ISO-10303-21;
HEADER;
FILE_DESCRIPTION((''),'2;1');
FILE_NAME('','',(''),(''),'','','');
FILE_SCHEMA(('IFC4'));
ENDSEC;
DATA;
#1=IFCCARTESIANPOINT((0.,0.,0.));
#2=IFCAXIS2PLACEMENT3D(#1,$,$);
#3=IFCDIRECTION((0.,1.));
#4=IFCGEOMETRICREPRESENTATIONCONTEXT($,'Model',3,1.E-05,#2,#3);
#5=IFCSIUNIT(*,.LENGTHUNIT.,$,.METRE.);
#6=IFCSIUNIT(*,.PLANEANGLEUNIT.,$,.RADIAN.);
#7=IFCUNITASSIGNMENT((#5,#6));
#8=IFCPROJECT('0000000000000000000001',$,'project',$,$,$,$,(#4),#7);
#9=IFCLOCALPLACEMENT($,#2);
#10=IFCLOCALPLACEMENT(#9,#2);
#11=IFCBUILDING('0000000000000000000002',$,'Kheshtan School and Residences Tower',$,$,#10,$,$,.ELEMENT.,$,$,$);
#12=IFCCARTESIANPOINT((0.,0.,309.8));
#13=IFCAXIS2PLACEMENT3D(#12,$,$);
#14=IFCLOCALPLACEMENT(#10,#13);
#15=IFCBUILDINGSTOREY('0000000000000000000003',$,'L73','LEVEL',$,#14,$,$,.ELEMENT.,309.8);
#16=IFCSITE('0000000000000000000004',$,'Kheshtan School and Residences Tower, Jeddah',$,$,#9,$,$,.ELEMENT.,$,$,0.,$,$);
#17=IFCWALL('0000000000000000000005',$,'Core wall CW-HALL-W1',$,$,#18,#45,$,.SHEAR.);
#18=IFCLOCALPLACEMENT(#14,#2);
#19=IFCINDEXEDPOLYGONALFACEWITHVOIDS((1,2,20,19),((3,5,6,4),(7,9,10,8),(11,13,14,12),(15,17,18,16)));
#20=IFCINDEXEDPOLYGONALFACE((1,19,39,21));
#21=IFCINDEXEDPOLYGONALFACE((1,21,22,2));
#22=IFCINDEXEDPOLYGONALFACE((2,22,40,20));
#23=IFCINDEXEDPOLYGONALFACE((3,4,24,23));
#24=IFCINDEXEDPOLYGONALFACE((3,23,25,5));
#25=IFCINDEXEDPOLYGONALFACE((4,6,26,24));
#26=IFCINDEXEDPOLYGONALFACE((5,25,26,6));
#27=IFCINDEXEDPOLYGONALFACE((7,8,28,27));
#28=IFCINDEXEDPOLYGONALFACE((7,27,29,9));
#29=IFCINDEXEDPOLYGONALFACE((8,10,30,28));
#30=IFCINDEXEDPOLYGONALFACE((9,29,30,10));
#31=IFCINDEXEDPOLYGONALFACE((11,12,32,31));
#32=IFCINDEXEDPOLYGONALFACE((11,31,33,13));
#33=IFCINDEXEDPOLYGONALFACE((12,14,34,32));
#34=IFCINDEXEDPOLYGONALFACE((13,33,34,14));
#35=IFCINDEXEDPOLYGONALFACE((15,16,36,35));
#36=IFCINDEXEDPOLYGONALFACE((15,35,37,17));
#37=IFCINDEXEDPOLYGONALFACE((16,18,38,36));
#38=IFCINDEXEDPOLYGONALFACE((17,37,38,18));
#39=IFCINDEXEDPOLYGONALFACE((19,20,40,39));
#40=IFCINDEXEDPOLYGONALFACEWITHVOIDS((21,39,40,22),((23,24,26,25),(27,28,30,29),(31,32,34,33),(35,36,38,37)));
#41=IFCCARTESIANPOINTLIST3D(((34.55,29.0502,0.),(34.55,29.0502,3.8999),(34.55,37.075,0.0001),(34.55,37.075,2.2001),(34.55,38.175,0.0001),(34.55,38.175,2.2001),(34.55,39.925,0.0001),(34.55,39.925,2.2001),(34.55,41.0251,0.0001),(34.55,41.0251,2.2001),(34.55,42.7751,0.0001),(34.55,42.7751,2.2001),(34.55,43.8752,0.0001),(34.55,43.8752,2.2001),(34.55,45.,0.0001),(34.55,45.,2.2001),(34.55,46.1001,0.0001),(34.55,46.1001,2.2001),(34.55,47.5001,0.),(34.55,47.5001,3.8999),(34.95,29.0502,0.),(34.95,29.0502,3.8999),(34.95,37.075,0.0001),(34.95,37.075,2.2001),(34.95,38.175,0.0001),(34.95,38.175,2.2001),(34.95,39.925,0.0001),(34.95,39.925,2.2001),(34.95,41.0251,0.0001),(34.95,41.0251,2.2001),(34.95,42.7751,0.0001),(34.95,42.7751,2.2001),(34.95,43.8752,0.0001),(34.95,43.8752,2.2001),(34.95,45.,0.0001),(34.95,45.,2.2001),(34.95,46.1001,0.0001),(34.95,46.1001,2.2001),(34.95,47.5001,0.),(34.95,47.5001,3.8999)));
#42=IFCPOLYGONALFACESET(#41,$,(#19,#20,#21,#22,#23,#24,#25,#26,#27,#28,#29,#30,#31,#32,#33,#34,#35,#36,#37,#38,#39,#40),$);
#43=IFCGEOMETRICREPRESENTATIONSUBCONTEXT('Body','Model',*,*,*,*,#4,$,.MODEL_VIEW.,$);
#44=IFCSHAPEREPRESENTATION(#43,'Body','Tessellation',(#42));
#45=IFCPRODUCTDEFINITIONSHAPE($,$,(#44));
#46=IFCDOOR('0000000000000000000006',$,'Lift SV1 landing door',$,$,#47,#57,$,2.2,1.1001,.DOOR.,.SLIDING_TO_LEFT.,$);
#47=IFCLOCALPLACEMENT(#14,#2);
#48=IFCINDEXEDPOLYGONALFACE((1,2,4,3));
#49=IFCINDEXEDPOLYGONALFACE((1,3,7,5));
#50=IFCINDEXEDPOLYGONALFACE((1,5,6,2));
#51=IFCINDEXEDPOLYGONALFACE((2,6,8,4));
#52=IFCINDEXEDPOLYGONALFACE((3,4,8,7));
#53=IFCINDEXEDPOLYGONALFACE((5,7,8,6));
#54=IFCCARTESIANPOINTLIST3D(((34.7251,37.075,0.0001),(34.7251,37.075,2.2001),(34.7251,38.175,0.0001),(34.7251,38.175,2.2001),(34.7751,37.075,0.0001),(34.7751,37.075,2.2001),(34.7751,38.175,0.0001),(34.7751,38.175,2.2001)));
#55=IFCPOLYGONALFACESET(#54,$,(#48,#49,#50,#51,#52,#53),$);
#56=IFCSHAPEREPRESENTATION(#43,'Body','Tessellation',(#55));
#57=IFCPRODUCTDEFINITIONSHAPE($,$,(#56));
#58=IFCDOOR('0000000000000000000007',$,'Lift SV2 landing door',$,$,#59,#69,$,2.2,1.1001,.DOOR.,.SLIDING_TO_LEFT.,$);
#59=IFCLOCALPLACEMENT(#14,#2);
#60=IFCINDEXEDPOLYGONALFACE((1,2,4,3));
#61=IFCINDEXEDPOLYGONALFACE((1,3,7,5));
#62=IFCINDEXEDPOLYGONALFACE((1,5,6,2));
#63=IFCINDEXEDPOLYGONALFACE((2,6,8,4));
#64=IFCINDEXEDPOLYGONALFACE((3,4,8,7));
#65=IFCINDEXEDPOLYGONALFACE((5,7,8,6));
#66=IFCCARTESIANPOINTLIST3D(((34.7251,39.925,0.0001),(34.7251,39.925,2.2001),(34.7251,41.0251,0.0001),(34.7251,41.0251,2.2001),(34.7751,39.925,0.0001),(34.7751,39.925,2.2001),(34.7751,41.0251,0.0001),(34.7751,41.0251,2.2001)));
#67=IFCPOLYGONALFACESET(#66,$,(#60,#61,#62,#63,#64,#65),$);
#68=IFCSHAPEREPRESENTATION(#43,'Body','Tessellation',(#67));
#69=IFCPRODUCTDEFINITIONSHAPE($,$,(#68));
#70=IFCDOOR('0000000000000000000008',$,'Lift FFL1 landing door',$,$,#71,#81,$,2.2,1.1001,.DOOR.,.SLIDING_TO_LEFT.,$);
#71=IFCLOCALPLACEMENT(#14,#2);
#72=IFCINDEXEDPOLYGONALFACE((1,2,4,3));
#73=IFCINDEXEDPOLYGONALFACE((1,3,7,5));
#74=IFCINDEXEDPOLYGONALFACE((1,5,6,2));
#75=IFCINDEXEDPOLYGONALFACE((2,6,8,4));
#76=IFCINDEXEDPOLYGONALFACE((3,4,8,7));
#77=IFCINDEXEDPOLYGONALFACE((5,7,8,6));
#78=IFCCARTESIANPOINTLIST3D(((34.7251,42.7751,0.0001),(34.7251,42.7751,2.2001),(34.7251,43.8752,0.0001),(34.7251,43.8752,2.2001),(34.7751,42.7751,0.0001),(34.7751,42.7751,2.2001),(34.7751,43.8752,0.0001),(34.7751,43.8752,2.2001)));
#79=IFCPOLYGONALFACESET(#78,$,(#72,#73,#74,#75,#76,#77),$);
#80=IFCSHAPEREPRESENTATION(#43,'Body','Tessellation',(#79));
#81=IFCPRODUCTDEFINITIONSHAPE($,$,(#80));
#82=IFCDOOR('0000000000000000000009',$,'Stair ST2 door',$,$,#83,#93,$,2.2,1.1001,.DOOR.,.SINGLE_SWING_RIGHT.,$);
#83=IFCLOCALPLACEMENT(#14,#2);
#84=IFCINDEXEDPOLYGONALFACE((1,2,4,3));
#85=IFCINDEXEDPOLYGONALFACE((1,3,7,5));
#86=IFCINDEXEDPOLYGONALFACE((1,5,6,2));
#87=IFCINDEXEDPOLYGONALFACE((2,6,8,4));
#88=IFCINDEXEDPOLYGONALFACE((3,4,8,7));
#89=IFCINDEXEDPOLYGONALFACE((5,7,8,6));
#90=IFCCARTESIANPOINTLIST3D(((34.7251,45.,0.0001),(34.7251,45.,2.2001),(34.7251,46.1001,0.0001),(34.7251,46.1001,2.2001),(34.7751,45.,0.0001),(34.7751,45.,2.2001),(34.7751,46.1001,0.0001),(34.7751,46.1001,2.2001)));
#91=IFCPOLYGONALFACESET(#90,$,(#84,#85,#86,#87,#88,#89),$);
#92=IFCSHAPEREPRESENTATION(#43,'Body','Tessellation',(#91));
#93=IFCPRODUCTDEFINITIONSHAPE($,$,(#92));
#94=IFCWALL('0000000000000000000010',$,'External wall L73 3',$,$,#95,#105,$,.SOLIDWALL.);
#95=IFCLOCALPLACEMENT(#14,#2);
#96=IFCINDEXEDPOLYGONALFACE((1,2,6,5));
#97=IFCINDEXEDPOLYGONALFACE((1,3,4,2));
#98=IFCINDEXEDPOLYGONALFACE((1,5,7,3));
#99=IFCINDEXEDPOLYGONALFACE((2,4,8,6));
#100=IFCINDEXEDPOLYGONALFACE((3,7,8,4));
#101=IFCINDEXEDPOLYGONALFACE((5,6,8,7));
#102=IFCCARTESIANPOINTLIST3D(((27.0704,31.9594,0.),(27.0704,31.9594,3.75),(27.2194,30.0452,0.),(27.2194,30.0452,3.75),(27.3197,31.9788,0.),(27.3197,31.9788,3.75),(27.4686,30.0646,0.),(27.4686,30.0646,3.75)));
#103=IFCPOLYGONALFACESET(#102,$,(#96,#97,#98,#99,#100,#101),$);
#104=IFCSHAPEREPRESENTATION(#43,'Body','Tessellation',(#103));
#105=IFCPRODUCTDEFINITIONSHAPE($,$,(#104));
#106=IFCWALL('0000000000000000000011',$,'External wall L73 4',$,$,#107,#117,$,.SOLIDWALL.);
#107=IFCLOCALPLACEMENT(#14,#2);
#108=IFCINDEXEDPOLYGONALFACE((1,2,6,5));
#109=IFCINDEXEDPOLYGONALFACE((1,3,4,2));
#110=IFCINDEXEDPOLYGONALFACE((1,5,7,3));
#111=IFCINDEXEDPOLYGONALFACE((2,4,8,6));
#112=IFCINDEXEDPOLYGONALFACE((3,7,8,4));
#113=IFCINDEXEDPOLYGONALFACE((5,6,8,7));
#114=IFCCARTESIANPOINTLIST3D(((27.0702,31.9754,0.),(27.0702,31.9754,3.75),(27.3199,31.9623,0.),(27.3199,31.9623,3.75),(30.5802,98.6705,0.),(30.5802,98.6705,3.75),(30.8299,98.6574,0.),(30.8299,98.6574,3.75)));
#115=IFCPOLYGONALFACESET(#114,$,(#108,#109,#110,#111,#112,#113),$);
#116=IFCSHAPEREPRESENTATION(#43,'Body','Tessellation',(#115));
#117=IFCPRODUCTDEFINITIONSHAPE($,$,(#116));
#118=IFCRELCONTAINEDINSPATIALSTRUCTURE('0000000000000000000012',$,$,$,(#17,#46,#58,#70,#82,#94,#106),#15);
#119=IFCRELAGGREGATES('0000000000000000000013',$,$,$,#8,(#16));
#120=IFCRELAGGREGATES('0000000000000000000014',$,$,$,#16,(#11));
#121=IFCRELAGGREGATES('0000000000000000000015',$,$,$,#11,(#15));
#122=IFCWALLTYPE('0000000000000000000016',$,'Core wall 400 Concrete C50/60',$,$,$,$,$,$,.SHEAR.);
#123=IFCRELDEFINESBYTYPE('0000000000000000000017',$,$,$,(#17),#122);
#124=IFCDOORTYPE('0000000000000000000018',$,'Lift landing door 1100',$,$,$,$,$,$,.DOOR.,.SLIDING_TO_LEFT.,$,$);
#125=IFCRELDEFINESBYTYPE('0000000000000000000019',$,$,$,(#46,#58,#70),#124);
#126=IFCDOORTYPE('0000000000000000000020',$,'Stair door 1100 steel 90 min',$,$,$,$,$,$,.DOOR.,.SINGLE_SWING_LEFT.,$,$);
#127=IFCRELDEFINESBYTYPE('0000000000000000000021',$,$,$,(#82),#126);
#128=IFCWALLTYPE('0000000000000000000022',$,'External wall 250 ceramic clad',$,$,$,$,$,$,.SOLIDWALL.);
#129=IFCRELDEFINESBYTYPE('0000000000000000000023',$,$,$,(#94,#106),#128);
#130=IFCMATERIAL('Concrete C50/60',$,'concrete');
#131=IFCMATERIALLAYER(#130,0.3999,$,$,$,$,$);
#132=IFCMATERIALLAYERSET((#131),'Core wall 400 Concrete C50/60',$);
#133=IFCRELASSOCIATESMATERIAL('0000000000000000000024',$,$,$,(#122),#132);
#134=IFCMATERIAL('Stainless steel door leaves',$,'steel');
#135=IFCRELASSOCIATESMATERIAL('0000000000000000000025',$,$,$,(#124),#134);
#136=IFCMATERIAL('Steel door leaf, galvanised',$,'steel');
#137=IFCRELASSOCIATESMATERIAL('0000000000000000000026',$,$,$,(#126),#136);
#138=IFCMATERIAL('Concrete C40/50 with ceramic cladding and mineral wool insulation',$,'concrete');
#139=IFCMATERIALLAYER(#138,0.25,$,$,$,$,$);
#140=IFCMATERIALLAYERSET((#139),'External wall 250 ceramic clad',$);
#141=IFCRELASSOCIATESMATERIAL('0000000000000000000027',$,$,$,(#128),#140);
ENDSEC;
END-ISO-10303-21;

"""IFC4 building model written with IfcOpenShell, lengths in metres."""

from ifc_helpers import new_model, si_unit, direction, frame, frame_2d, origin, place, context, subcontext, project, spatial, rectangle, extrude, source, transform, mapped, material, layer, layer_set, type_object, element, fill, save


model = new_model("IFC4")

# Units and contexts
model_context = context("Model", 3, precision=1e-05, world=origin(), true_north=direction((0.0, 1.0)))
body_context = subcontext(model_context, "Body", "Model", "MODEL_VIEW")
ifc_project = project(units=[si_unit("LENGTHUNIT", "METRE"), si_unit("PLANEANGLEUNIT", "RADIAN")], contexts=[model_context])

# Site, building, storey
site_placement = place(None, origin())
site = spatial("IfcSite", under=ifc_project, at=site_placement, Name="Kheshtan School and Residences Tower, Jeddah", CompositionType="ELEMENT", RefElevation=0.0)
building_placement = place(site_placement, origin())
building = spatial("IfcBuilding", under=site, at=building_placement, Name="Kheshtan School and Residences Tower", CompositionType="ELEMENT")
storey_placement = place(building_placement, frame((0.0, 0.0, 309.8)))
storey = spatial("IfcBuildingStorey", under=building, at=storey_placement, Name="L73", Description="LEVEL", CompositionType="ELEMENT", Elevation=309.8)

# Wall, openings, doors
ifc_material_1 = material(Name="Concrete C50/60", Category="concrete")
ifc_layer_1 = layer(ifc_material_1, 0.3999)
ifc_layer_set_1 = layer_set([ifc_layer_1], Name="Core wall 400 Concrete C50/60")
wall_type_1 = type_object("IfcWallType", Name="Core wall 400 Concrete C50/60", PredefinedType="SHEAR", material=ifc_layer_set_1)
ifc_material_2 = material(Name="Stainless steel door leaves", Category="steel")
door_type_1 = type_object("IfcDoorType", Name="Lift landing door 1100", OperationType="SLIDING_TO_LEFT", PredefinedType="DOOR", material=ifc_material_2)
shared_shape_1 = source(origin(), body_context, "Body", "SweptSolid", [
    extrude(rectangle(XDim=1.1001, YDim=2.2, at=frame_2d((0.55, 1.1001))), frame((0.0, 0.0249, 0.0), z_axis=(0.0, -1.0, 0.0), x_axis=(1.0, 0.0, 0.0)), (0.0, 0.0, 1.0), 0.05),
])
ifc_material_3 = material(Name="Steel door leaf, galvanised", Category="steel")
wall_1_placement = place(storey_placement, frame((34.75, 29.05, 0.0), z_axis=(0.0, 0.0, 1.0), x_axis=(0.0, 1.0, 0.0)))
wall_1 = element("IfcWall", 1, at=wall_1_placement, inside=storey, type_object=wall_type_1, Name="Core wall CW-HALL-W1", PredefinedType="SHEAR", context=body_context, shape_type="SweptSolid", body=[
    extrude(rectangle(XDim=18.45, YDim=0.3999, at=frame_2d((9.2251, 0.0))), origin(), (0.0, 0.0, 1.0), 3.8999),
])
opening_1_placement = place(wall_1_placement, frame((8.0249, 0.0, 0.0)))
opening_1 = element("IfcOpeningElement", 2, at=opening_1_placement, cuts=wall_1, PredefinedType="OPENING", context=body_context, shape_type="SweptSolid", body=[
    extrude(rectangle(XDim=1.1001, YDim=2.2, at=frame_2d((0.55, 1.1001))), frame((0.0, 0.21, 0.0), z_axis=(0.0, -1.0, 0.0), x_axis=(1.0, 0.0, 0.0)), (0.0, 0.0, 1.0), 0.4199),
])
opening_2_placement = place(wall_1_placement, frame((10.875, 0.0, 0.0)))
opening_2 = element("IfcOpeningElement", 3, at=opening_2_placement, cuts=wall_1, PredefinedType="OPENING", context=body_context, shape_type="SweptSolid", body=[
    extrude(rectangle(XDim=1.1001, YDim=2.2, at=frame_2d((0.55, 1.1001))), frame((0.0, 0.21, 0.0), z_axis=(0.0, -1.0, 0.0), x_axis=(1.0, 0.0, 0.0)), (0.0, 0.0, 1.0), 0.4199),
])
opening_3_placement = place(wall_1_placement, frame((13.7251, 0.0, 0.0)))
opening_3 = element("IfcOpeningElement", 4, at=opening_3_placement, cuts=wall_1, PredefinedType="OPENING", context=body_context, shape_type="SweptSolid", body=[
    extrude(rectangle(XDim=1.1001, YDim=2.2, at=frame_2d((0.55, 1.1001))), frame((0.0, 0.21, 0.0), z_axis=(0.0, -1.0, 0.0), x_axis=(1.0, 0.0, 0.0)), (0.0, 0.0, 1.0), 0.4199),
])
opening_4_placement = place(wall_1_placement, frame((15.95, 0.0, 0.0)))
opening_4 = element("IfcOpeningElement", 5, at=opening_4_placement, cuts=wall_1, PredefinedType="OPENING", context=body_context, shape_type="SweptSolid", body=[
    extrude(rectangle(XDim=1.1001, YDim=2.2, at=frame_2d((0.55, 1.1001))), frame((0.0, 0.21, 0.0), z_axis=(0.0, -1.0, 0.0), x_axis=(1.0, 0.0, 0.0)), (0.0, 0.0, 1.0), 0.4199),
])
door_1_placement = place(opening_1_placement, origin())
door_1 = element("IfcDoor", 6, at=door_1_placement, inside=storey, type_object=door_type_1, Name="Lift SV1 landing door", OperationType="SLIDING_TO_LEFT", OverallHeight=2.2, OverallWidth=1.1001, PredefinedType="DOOR", context=body_context, shape_type="MappedRepresentation", body=[
    mapped(shared_shape_1, transform((0.0, 0.0, 0.0), x_axis=(1.0, 0.0, 0.0), y_axis=(0.0, 1.0, 0.0), z_axis=(0.0, 0.0, 1.0), scale=1.0)),
])
fill(opening_1, door_1)
door_2_placement = place(opening_2_placement, origin())
door_2 = element("IfcDoor", 7, at=door_2_placement, inside=storey, type_object=door_type_1, Name="Lift SV2 landing door", OperationType="SLIDING_TO_LEFT", OverallHeight=2.2, OverallWidth=1.1001, PredefinedType="DOOR", context=body_context, shape_type="MappedRepresentation", body=[
    mapped(shared_shape_1, transform((0.0, 0.0, 0.0), x_axis=(1.0, 0.0, 0.0), y_axis=(0.0, 1.0, 0.0), z_axis=(0.0, 0.0, 1.0), scale=1.0)),
])
fill(opening_2, door_2)
door_3_placement = place(opening_3_placement, origin())
door_3 = element("IfcDoor", 8, at=door_3_placement, inside=storey, type_object=door_type_1, Name="Lift FFL1 landing door", OperationType="SLIDING_TO_LEFT", OverallHeight=2.2, OverallWidth=1.1001, PredefinedType="DOOR", context=body_context, shape_type="MappedRepresentation", body=[
    mapped(shared_shape_1, transform((0.0, 0.0, 0.0), x_axis=(1.0, 0.0, 0.0), y_axis=(0.0, 1.0, 0.0), z_axis=(0.0, 0.0, 1.0), scale=1.0)),
])
fill(opening_3, door_3)
door_type_2 = type_object("IfcDoorType", Name="Stair door 1100 steel 90 min", OperationType="SINGLE_SWING_LEFT", PredefinedType="DOOR", material=ifc_material_3)
shared_shape_2 = source(origin(), body_context, "Body", "SweptSolid", [
    extrude(rectangle(XDim=1.1001, YDim=2.2, at=frame_2d((0.55, 1.1001))), frame((0.0, 0.0249, 0.0), z_axis=(0.0, -1.0, 0.0), x_axis=(1.0, 0.0, 0.0)), (0.0, 0.0, 1.0), 0.05),
])
door_4_placement = place(opening_4_placement, origin())
door_4 = element("IfcDoor", 9, at=door_4_placement, inside=storey, type_object=door_type_2, Name="Stair ST2 door", OperationType="SINGLE_SWING_RIGHT", OverallHeight=2.2, OverallWidth=1.1001, PredefinedType="DOOR", context=body_context, shape_type="MappedRepresentation", body=[
    mapped(shared_shape_2, transform((0.0, 0.0, 0.0), x_axis=(1.0, 0.0, 0.0), y_axis=(0.0, 1.0, 0.0), z_axis=(0.0, 0.0, 1.0), scale=1.0)),
])
fill(opening_4, door_4)

# Walls
ifc_material_4 = material(Name="Concrete C40/50 with ceramic cladding and mineral wool insulation", Category="concrete")
ifc_layer_2 = layer(ifc_material_4, 0.25)
ifc_layer_set_2 = layer_set([ifc_layer_2], Name="External wall 250 ceramic clad")
wall_type_2 = type_object("IfcWallType", Name="External wall 250 ceramic clad", PredefinedType="SOLIDWALL", material=ifc_layer_set_2)
wall_2_placement = place(storey_placement, frame((27.344, 30.0549, 0.0), z_axis=(0.0, 0.0, 1.0), x_axis=(-0.077572, 0.996987, 0.0)))
element("IfcWall", 10, at=wall_2_placement, inside=storey, type_object=wall_type_2, Name="External wall L73 3", PredefinedType="SOLIDWALL", context=body_context, shape_type="SweptSolid", body=[
    extrude(rectangle(XDim=1.9199, YDim=0.25, at=frame_2d((0.96, 0.0))), origin(), (0.0, 0.0, 1.0), 3.75),
])
wall_3_placement = place(storey_placement, frame((27.1951, 31.969, 0.0), z_axis=(0.0, 0.0, 1.0), x_axis=(0.052555, 0.998618, 0.0)))
element("IfcWall", 11, at=wall_3_placement, inside=storey, type_object=wall_type_2, Name="External wall L73 4", PredefinedType="SOLIDWALL", context=body_context, shape_type="SweptSolid", body=[
    extrude(rectangle(XDim=66.7874, YDim=0.25, at=frame_2d((33.3936, 0.0))), origin(), (0.0, 0.0, 1.0), 3.75),
])

save(model, "model.ifc")
